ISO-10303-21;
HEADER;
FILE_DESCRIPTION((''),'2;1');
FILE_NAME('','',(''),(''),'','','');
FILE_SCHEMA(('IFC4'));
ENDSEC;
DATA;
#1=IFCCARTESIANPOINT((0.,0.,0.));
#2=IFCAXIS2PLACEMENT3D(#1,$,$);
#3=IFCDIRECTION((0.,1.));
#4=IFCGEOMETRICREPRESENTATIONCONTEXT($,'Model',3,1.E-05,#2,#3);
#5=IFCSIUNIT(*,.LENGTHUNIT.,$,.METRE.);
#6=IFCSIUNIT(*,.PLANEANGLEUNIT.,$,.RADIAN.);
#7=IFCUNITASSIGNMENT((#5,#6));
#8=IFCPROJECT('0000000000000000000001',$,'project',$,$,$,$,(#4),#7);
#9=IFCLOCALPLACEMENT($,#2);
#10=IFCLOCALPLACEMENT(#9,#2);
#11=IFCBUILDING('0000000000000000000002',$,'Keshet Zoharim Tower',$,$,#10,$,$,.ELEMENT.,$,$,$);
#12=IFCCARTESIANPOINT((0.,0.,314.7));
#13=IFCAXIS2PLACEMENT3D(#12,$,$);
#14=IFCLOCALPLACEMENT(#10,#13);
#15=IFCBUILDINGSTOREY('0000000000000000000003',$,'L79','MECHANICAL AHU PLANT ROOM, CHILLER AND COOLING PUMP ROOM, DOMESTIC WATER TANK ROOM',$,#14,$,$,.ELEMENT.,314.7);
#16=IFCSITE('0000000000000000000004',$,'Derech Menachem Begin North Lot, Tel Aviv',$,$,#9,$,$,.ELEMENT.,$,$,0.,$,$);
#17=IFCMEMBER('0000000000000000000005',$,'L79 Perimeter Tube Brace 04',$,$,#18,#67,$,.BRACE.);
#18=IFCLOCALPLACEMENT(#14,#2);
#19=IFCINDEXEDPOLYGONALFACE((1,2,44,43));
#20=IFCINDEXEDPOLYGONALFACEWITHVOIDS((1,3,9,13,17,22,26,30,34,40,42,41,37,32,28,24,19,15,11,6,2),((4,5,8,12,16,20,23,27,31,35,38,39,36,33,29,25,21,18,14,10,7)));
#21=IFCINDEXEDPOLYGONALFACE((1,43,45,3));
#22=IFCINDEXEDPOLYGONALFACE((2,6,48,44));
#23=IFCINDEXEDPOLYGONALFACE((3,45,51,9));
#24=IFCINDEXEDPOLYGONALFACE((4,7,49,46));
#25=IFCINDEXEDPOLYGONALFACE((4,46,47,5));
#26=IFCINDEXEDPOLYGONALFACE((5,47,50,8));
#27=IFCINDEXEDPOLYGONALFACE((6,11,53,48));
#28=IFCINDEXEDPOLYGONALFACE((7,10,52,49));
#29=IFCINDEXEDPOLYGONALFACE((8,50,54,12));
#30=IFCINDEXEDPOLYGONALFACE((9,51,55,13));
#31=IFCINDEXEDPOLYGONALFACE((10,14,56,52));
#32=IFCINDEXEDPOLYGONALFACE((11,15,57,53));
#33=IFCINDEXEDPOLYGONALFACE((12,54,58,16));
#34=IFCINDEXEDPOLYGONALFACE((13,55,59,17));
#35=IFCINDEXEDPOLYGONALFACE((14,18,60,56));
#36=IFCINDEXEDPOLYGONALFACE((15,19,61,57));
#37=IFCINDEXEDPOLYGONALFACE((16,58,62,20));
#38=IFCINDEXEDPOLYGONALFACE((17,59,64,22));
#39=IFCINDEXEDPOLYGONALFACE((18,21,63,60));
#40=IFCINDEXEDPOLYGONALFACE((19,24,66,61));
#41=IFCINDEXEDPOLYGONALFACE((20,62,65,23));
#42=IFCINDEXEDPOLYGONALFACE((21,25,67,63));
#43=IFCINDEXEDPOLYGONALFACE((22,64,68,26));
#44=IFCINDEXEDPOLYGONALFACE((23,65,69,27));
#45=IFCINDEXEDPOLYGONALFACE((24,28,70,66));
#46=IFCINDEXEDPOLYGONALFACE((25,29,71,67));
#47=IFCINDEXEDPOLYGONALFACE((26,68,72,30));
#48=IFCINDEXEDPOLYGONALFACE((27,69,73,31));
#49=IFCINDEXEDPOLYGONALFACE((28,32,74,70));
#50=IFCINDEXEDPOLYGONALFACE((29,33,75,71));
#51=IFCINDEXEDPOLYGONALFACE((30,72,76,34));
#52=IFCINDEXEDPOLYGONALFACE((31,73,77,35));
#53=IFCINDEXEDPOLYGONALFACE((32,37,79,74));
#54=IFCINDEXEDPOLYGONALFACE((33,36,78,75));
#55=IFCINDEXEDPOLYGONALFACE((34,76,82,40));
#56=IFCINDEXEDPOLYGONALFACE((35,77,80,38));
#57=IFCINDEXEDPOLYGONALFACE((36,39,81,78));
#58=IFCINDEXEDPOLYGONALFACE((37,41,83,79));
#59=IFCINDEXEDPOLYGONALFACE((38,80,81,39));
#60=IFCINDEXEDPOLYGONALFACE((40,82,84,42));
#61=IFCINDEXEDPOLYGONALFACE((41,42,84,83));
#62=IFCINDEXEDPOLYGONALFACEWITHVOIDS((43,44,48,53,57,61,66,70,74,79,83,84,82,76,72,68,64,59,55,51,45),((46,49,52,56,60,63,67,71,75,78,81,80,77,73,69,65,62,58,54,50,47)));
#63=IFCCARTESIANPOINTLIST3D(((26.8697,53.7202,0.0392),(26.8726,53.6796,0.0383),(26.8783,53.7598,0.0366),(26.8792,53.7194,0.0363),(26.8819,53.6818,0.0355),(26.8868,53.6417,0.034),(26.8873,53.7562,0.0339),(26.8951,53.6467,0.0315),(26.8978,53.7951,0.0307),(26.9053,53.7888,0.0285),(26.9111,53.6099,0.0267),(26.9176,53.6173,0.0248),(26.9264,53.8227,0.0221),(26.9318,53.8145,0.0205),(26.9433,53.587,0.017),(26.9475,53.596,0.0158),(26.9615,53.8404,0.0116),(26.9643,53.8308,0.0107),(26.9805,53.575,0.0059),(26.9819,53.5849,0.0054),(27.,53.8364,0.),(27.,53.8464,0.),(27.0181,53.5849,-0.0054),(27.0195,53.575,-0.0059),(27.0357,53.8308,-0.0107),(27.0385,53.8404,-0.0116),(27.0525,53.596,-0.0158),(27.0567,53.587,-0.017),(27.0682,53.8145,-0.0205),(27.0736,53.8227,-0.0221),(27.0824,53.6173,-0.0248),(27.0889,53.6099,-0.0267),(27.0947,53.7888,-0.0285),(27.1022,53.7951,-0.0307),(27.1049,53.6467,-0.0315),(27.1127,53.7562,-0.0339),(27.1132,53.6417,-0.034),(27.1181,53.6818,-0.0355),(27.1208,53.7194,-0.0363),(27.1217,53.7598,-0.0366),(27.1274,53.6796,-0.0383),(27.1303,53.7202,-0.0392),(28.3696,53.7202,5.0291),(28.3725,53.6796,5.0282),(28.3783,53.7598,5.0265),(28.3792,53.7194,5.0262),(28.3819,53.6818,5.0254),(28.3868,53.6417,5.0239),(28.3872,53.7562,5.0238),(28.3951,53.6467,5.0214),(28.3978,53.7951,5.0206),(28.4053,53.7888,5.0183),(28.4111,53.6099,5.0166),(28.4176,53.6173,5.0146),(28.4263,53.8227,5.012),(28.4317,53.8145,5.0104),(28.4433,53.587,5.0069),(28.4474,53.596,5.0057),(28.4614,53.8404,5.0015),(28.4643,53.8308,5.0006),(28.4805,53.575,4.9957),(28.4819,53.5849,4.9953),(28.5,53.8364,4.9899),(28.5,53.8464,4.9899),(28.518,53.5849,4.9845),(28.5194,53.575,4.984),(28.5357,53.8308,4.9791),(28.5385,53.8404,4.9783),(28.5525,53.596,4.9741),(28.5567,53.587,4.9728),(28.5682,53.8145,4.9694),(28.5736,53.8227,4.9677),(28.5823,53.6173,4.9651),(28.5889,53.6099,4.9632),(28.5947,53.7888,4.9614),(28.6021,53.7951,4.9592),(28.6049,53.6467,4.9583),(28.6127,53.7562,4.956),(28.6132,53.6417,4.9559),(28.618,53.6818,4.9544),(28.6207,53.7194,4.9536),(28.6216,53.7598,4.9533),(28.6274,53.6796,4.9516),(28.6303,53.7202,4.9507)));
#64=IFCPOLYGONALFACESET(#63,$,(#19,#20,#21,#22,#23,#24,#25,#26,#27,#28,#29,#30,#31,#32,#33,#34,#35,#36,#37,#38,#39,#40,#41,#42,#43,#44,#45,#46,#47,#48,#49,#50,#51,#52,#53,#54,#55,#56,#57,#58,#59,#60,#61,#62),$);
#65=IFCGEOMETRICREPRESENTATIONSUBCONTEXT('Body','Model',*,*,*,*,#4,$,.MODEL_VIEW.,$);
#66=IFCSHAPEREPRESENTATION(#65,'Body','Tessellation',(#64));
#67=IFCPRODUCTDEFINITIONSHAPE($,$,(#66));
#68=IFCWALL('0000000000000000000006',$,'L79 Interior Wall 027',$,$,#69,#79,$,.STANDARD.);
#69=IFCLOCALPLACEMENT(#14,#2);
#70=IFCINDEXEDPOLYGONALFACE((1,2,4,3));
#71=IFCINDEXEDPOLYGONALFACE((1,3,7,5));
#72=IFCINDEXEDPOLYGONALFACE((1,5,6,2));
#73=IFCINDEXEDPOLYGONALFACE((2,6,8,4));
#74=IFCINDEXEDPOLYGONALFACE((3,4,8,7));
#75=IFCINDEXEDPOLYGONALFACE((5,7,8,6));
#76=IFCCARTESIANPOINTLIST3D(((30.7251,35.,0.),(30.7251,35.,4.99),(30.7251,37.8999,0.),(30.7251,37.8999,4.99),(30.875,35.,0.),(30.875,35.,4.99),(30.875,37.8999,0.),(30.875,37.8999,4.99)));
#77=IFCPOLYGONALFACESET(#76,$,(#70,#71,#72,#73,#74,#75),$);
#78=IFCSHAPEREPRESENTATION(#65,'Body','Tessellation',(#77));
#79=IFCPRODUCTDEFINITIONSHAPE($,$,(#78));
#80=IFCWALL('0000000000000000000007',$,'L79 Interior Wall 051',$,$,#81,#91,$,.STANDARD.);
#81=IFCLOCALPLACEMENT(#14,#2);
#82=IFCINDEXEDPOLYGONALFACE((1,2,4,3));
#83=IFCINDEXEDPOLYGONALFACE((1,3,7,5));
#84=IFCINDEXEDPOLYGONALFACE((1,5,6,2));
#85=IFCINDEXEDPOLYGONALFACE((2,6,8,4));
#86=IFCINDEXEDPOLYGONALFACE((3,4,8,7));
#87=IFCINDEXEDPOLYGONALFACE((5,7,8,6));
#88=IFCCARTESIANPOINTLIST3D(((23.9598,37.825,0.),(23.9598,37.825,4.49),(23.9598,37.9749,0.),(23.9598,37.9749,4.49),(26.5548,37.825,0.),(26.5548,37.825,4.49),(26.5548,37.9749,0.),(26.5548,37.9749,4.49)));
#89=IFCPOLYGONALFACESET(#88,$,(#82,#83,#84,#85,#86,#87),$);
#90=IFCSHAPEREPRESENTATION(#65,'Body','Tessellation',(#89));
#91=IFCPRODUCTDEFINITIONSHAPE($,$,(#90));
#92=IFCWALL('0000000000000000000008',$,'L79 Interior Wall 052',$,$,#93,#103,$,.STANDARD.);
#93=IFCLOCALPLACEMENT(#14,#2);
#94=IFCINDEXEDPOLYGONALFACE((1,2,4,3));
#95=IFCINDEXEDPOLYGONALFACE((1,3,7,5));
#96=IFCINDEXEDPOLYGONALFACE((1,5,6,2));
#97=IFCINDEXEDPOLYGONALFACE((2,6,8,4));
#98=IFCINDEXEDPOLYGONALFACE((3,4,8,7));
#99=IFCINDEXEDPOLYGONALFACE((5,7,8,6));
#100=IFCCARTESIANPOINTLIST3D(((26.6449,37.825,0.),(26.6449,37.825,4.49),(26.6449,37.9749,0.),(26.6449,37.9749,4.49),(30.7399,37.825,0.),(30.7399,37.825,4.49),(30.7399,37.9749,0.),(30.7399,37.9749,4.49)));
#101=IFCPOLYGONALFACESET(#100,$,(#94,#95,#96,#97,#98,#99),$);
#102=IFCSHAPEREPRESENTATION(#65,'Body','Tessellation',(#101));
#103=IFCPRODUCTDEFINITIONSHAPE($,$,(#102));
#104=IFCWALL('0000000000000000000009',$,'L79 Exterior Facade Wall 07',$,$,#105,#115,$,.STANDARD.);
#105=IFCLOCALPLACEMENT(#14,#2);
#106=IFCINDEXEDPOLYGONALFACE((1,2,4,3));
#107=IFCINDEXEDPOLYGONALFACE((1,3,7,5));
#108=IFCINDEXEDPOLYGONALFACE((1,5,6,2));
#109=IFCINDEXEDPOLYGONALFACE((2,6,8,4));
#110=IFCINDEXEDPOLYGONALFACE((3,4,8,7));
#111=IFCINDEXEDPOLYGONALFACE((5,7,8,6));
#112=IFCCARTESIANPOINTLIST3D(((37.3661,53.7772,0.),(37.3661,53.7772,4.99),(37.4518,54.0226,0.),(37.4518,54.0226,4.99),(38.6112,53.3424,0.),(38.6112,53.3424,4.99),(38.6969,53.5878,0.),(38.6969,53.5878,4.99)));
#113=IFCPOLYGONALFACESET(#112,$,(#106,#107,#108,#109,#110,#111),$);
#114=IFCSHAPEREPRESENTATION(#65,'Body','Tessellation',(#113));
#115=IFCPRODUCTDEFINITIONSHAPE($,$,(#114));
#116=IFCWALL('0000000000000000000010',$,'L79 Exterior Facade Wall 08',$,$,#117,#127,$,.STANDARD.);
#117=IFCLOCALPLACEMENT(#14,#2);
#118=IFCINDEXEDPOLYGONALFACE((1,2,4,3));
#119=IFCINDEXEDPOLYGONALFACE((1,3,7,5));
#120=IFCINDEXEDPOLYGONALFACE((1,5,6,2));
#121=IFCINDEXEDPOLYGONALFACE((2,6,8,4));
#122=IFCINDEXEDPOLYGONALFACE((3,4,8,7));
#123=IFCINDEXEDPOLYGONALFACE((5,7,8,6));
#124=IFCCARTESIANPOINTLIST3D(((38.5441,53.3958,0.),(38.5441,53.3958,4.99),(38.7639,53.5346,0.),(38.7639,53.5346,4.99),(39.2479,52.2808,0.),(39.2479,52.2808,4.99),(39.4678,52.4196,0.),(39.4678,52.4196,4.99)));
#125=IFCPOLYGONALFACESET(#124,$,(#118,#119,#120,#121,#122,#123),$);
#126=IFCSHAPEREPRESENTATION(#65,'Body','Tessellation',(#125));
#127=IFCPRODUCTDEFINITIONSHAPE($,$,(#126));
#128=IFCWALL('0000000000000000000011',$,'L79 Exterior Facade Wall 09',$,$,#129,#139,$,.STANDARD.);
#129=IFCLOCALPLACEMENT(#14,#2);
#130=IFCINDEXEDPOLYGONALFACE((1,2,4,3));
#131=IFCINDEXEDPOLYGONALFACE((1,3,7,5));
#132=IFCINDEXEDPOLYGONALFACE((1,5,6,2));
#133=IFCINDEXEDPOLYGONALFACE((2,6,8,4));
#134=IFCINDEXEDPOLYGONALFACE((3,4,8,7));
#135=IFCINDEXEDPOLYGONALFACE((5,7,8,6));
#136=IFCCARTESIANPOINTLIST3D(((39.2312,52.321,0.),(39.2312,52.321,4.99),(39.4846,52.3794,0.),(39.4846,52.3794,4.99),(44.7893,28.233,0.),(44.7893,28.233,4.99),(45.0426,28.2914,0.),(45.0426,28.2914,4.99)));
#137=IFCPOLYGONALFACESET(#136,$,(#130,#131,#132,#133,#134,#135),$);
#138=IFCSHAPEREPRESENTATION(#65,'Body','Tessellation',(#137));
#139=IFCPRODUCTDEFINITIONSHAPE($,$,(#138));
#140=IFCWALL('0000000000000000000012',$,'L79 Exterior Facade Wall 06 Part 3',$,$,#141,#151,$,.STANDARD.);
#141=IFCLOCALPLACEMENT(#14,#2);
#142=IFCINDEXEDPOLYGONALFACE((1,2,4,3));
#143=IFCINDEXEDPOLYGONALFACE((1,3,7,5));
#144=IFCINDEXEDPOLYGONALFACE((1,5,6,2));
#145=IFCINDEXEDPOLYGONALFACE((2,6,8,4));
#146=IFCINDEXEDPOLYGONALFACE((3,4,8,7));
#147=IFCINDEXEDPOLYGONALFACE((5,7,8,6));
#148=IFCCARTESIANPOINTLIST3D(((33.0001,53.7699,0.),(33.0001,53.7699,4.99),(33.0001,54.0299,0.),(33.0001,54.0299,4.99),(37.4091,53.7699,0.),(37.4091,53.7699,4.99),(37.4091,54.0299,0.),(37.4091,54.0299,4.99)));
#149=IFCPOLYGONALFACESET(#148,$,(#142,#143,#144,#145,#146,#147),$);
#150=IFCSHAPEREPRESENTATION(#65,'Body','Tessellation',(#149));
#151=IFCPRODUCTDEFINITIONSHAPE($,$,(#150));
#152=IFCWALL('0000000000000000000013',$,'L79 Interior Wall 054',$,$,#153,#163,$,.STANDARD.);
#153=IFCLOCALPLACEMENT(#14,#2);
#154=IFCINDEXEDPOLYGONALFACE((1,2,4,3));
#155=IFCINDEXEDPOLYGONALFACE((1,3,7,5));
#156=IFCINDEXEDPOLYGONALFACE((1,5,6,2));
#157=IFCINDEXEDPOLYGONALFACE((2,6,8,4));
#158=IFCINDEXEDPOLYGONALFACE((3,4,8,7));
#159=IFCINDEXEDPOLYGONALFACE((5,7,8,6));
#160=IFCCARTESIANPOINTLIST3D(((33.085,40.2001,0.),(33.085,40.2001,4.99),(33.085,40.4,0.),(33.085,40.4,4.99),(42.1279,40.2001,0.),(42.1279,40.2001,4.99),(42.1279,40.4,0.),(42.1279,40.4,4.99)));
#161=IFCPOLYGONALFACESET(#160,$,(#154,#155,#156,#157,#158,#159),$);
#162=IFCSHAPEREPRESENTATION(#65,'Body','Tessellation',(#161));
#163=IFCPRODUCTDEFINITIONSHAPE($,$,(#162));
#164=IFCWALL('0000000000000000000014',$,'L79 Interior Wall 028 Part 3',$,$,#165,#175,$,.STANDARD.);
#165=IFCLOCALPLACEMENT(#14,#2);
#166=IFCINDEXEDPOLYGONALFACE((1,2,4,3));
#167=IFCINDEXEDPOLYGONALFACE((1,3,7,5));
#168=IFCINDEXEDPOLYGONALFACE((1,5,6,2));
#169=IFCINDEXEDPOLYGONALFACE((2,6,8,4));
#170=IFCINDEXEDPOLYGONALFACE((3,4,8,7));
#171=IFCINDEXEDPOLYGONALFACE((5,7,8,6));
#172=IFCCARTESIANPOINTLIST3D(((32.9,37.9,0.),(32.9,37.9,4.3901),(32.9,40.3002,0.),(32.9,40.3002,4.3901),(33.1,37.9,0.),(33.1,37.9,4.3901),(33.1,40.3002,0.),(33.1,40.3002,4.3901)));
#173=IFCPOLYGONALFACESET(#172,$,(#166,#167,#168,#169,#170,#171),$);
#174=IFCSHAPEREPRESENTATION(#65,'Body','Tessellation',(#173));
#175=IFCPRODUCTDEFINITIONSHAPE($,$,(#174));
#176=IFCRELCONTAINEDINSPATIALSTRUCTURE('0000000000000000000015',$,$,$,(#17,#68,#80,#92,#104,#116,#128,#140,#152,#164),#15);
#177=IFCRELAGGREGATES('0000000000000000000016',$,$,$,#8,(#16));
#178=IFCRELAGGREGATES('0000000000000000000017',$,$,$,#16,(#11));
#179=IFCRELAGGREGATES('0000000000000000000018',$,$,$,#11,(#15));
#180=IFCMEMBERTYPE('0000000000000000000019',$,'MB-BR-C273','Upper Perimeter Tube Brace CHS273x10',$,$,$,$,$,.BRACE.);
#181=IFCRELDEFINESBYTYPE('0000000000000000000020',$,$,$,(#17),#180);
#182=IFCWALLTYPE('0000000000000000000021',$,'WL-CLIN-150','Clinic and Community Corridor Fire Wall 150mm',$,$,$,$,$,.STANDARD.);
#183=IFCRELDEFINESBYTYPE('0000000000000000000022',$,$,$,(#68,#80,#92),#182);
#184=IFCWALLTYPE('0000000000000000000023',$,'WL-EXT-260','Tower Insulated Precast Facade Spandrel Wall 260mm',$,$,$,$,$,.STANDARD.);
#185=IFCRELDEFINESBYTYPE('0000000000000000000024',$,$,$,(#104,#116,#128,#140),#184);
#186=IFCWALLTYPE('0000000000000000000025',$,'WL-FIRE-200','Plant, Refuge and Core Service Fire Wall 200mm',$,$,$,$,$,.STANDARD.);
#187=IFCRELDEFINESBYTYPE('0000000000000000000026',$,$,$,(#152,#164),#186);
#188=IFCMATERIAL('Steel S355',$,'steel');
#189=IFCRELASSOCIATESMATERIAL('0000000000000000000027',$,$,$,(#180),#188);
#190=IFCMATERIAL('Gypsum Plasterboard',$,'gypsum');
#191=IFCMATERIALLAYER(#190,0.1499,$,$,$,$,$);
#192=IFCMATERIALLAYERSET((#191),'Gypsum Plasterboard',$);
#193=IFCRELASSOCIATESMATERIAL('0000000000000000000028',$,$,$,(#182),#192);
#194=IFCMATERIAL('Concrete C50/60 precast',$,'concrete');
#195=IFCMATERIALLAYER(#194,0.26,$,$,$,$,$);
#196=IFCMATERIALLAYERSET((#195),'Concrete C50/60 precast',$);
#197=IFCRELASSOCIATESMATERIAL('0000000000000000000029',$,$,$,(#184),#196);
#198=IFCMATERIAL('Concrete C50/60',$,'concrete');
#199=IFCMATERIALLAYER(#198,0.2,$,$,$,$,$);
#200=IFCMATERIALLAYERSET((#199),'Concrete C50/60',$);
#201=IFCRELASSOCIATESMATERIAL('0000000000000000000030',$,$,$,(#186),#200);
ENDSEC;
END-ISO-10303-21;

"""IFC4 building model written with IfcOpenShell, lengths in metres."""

from ifc_helpers import new_model, si_unit, direction, frame, frame_2d, origin, origin_2d, place, context, subcontext, project, spatial, rectangle, hollow_circle, extrude, material, layer, layer_set, material_profile, profile_set, type_object, element, save


model = new_model("IFC4")

# Units and contexts
model_context = context("Model", 3, precision=1e-05, world=origin(), true_north=direction((0.0, 1.0)))
body_context = subcontext(model_context, "Body", "Model", "MODEL_VIEW")
ifc_project = project(units=[si_unit("LENGTHUNIT", "METRE"), si_unit("PLANEANGLEUNIT", "RADIAN")], contexts=[model_context])

# Site, building, storey
site_placement = place(None, origin())
site = spatial("IfcSite", under=ifc_project, at=site_placement, Name="Derech Menachem Begin North Lot, Tel Aviv", CompositionType="ELEMENT", RefElevation=0.0)
building_placement = place(site_placement, origin())
building = spatial("IfcBuilding", under=site, at=building_placement, Name="Keshet Zoharim Tower", CompositionType="ELEMENT")
storey_placement = place(building_placement, frame((0.0, 0.0, 314.7)))
storey = spatial("IfcBuildingStorey", under=building, at=storey_placement, Name="L79", Description="MECHANICAL AHU PLANT ROOM, CHILLER AND COOLING PUMP ROOM, DOMESTIC WATER TANK ROOM", CompositionType="ELEMENT", Elevation=314.7)

# Shared definitions
ifc_material_1 = material(Name="Steel S355", Category="steel")
ifc_material_2 = material(Name="Concrete C50/60", Category="concrete")

# Member
ifc_material_profile_1 = material_profile(ifc_material_1, hollow_circle(Radius=0.1365, WallThickness=0.01, at=origin_2d()), Name="CHS273x10")
ifc_profile_set_1 = profile_set([ifc_material_profile_1], Name="Steel S355")
member_type = type_object("IfcMemberType", Name="MB-BR-C273", Description="Upper Perimeter Tube Brace CHS273x10", PredefinedType="BRACE", material=ifc_profile_set_1)
member_placement = place(storey_placement, frame((27.0, 53.71, 0.0), z_axis=(0.287877, 0.0, 0.957668), x_axis=(0.0, 1.0, 0.0)))
element("IfcMember", 1, at=member_placement, inside=storey, type_object=member_type, Name="L79 Perimeter Tube Brace 04", PredefinedType="BRACE", context=body_context, shape_type="SweptSolid", body=[
    extrude(hollow_circle(Radius=0.1365, WallThickness=0.01, at=origin_2d()), origin(), (0.0, 0.0, 1.0), 5.2104),
])

# Walls
ifc_material_3 = material(Name="Gypsum Plasterboard", Category="gypsum")
ifc_layer_1 = layer(ifc_material_3, 0.1499)
ifc_layer_set_1 = layer_set([ifc_layer_1], Name="Gypsum Plasterboard")
wall_type_1 = type_object("IfcWallType", Name="WL-CLIN-150", Description="Clinic and Community Corridor Fire Wall 150mm", PredefinedType="STANDARD", material=ifc_layer_set_1)
wall_1_placement = place(storey_placement, frame((30.8, 35.0, 0.0), z_axis=(0.0, 0.0, 1.0), x_axis=(0.0, 1.0, 0.0)))
element("IfcWall", 2, at=wall_1_placement, inside=storey, type_object=wall_type_1, Name="L79 Interior Wall 027", PredefinedType="STANDARD", context=body_context, shape_type="SweptSolid", body=[
    extrude(rectangle(XDim=2.8999, YDim=0.1499, at=frame_2d((1.45, 0.0))), origin(), (0.0, 0.0, 1.0), 4.99),
])
wall_2_placement = place(storey_placement, frame((23.96, 37.8999, 0.0), z_axis=(0.0, 0.0, 1.0), x_axis=(1.0, 0.0, 0.0)))
element("IfcWall", 3, at=wall_2_placement, inside=storey, type_object=wall_type_1, Name="L79 Interior Wall 051", PredefinedType="STANDARD", context=body_context, shape_type="SweptSolid", body=[
    extrude(rectangle(XDim=2.595, YDim=0.1499, at=frame_2d((1.2974, 0.0))), origin(), (0.0, 0.0, 1.0), 4.49),
])
wall_3_placement = place(storey_placement, frame((26.645, 37.8999, 0.0), z_axis=(0.0, 0.0, 1.0), x_axis=(1.0, 0.0, 0.0)))
element("IfcWall", 4, at=wall_3_placement, inside=storey, type_object=wall_type_1, Name="L79 Interior Wall 052", PredefinedType="STANDARD", context=body_context, shape_type="SweptSolid", body=[
    extrude(rectangle(XDim=4.095, YDim=0.1499, at=frame_2d((2.0474, 0.0))), origin(), (0.0, 0.0, 1.0), 4.49),
])

# Walls
ifc_material_4 = material(Name="Concrete C50/60 precast", Category="concrete")
ifc_layer_2 = layer(ifc_material_4, 0.26)
ifc_layer_set_2 = layer_set([ifc_layer_2], Name="Concrete C50/60 precast")
wall_type_2 = type_object("IfcWallType", Name="WL-EXT-260", Description="Tower Insulated Precast Facade Spandrel Wall 260mm", PredefinedType="STANDARD", material=ifc_layer_set_2)
wall_4_placement = place(storey_placement, frame((37.4089, 53.8999, 0.0), z_axis=(0.0, 0.0, 1.0), x_axis=(0.944089, -0.329691, 0.0)))
element("IfcWall", 5, at=wall_4_placement, inside=storey, type_object=wall_type_2, Name="L79 Exterior Facade Wall 07", PredefinedType="STANDARD", context=body_context, shape_type="SweptSolid", body=[
    extrude(rectangle(XDim=1.3188, YDim=0.26, at=frame_2d((0.6594, 0.0))), origin(), (0.0, 0.0, 1.0), 4.99),
])
wall_5_placement = place(storey_placement, frame((38.6541, 53.4651, 0.0), z_axis=(0.0, 0.0, 1.0), x_axis=(0.533805, -0.845608, 0.0)))
element("IfcWall", 6, at=wall_5_placement, inside=storey, type_object=wall_type_2, Name="L79 Exterior Facade Wall 08", PredefinedType="STANDARD", context=body_context, shape_type="SweptSolid", body=[
    extrude(rectangle(XDim=1.3186, YDim=0.26, at=frame_2d((0.6592, 0.0))), origin(), (0.0, 0.0, 1.0), 4.99),
])
wall_6_placement = place(storey_placement, frame((39.3579, 52.3501, 0.0), z_axis=(0.0, 0.0, 1.0), x_axis=(0.224833, -0.974397, 0.0)))
element("IfcWall", 7, at=wall_6_placement, inside=storey, type_object=wall_type_2, Name="L79 Exterior Facade Wall 09", PredefinedType="STANDARD", context=body_context, shape_type="SweptSolid", body=[
    extrude(rectangle(XDim=24.7209, YDim=0.26, at=frame_2d((12.3604, 0.0))), origin(), (0.0, 0.0, 1.0), 4.99),
])
wall_7_placement = place(storey_placement, frame((33.0, 53.8999, 0.0), z_axis=(0.0, 0.0, 1.0), x_axis=(1.0, 0.0, 0.0)))
element("IfcWall", 8, at=wall_7_placement, inside=storey, type_object=wall_type_2, Name="L79 Exterior Facade Wall 06 Part 3", PredefinedType="STANDARD", context=body_context, shape_type="SweptSolid", body=[
    extrude(rectangle(XDim=4.4089, YDim=0.26, at=frame_2d((2.2046, 0.0))), origin(), (0.0, 0.0, 1.0), 4.99),
])
ifc_layer_3 = layer(ifc_material_2, 0.2)
ifc_layer_set_3 = layer_set([ifc_layer_3], Name="Concrete C50/60")
wall_type_3 = type_object("IfcWallType", Name="WL-FIRE-200", Description="Plant, Refuge and Core Service Fire Wall 200mm", PredefinedType="STANDARD", material=ifc_layer_set_3)
wall_8_placement = place(storey_placement, frame((33.085, 40.3, 0.0), z_axis=(0.0, 0.0, 1.0), x_axis=(1.0, 0.0, 0.0)))
element("IfcWall", 9, at=wall_8_placement, inside=storey, type_object=wall_type_3, Name="L79 Interior Wall 054", PredefinedType="STANDARD", context=body_context, shape_type="SweptSolid", body=[
    extrude(rectangle(XDim=9.043, YDim=0.2, at=frame_2d((4.5215, 0.0))), origin(), (0.0, 0.0, 1.0), 4.99),
])
wall_9_placement = place(storey_placement, frame((33.0, 37.8999, 0.0), z_axis=(0.0, 0.0, 1.0), x_axis=(0.0, 1.0, 0.0)))
element("IfcWall", 10, at=wall_9_placement, inside=storey, type_object=wall_type_3, Name="L79 Interior Wall 028 Part 3", PredefinedType="STANDARD", context=body_context, shape_type="SweptSolid", body=[
    extrude(rectangle(XDim=2.4001, YDim=0.2, at=frame_2d((1.2002, 0.0))), origin(), (0.0, 0.0, 1.0), 4.3901),
])

save(model, "model.ifc")
